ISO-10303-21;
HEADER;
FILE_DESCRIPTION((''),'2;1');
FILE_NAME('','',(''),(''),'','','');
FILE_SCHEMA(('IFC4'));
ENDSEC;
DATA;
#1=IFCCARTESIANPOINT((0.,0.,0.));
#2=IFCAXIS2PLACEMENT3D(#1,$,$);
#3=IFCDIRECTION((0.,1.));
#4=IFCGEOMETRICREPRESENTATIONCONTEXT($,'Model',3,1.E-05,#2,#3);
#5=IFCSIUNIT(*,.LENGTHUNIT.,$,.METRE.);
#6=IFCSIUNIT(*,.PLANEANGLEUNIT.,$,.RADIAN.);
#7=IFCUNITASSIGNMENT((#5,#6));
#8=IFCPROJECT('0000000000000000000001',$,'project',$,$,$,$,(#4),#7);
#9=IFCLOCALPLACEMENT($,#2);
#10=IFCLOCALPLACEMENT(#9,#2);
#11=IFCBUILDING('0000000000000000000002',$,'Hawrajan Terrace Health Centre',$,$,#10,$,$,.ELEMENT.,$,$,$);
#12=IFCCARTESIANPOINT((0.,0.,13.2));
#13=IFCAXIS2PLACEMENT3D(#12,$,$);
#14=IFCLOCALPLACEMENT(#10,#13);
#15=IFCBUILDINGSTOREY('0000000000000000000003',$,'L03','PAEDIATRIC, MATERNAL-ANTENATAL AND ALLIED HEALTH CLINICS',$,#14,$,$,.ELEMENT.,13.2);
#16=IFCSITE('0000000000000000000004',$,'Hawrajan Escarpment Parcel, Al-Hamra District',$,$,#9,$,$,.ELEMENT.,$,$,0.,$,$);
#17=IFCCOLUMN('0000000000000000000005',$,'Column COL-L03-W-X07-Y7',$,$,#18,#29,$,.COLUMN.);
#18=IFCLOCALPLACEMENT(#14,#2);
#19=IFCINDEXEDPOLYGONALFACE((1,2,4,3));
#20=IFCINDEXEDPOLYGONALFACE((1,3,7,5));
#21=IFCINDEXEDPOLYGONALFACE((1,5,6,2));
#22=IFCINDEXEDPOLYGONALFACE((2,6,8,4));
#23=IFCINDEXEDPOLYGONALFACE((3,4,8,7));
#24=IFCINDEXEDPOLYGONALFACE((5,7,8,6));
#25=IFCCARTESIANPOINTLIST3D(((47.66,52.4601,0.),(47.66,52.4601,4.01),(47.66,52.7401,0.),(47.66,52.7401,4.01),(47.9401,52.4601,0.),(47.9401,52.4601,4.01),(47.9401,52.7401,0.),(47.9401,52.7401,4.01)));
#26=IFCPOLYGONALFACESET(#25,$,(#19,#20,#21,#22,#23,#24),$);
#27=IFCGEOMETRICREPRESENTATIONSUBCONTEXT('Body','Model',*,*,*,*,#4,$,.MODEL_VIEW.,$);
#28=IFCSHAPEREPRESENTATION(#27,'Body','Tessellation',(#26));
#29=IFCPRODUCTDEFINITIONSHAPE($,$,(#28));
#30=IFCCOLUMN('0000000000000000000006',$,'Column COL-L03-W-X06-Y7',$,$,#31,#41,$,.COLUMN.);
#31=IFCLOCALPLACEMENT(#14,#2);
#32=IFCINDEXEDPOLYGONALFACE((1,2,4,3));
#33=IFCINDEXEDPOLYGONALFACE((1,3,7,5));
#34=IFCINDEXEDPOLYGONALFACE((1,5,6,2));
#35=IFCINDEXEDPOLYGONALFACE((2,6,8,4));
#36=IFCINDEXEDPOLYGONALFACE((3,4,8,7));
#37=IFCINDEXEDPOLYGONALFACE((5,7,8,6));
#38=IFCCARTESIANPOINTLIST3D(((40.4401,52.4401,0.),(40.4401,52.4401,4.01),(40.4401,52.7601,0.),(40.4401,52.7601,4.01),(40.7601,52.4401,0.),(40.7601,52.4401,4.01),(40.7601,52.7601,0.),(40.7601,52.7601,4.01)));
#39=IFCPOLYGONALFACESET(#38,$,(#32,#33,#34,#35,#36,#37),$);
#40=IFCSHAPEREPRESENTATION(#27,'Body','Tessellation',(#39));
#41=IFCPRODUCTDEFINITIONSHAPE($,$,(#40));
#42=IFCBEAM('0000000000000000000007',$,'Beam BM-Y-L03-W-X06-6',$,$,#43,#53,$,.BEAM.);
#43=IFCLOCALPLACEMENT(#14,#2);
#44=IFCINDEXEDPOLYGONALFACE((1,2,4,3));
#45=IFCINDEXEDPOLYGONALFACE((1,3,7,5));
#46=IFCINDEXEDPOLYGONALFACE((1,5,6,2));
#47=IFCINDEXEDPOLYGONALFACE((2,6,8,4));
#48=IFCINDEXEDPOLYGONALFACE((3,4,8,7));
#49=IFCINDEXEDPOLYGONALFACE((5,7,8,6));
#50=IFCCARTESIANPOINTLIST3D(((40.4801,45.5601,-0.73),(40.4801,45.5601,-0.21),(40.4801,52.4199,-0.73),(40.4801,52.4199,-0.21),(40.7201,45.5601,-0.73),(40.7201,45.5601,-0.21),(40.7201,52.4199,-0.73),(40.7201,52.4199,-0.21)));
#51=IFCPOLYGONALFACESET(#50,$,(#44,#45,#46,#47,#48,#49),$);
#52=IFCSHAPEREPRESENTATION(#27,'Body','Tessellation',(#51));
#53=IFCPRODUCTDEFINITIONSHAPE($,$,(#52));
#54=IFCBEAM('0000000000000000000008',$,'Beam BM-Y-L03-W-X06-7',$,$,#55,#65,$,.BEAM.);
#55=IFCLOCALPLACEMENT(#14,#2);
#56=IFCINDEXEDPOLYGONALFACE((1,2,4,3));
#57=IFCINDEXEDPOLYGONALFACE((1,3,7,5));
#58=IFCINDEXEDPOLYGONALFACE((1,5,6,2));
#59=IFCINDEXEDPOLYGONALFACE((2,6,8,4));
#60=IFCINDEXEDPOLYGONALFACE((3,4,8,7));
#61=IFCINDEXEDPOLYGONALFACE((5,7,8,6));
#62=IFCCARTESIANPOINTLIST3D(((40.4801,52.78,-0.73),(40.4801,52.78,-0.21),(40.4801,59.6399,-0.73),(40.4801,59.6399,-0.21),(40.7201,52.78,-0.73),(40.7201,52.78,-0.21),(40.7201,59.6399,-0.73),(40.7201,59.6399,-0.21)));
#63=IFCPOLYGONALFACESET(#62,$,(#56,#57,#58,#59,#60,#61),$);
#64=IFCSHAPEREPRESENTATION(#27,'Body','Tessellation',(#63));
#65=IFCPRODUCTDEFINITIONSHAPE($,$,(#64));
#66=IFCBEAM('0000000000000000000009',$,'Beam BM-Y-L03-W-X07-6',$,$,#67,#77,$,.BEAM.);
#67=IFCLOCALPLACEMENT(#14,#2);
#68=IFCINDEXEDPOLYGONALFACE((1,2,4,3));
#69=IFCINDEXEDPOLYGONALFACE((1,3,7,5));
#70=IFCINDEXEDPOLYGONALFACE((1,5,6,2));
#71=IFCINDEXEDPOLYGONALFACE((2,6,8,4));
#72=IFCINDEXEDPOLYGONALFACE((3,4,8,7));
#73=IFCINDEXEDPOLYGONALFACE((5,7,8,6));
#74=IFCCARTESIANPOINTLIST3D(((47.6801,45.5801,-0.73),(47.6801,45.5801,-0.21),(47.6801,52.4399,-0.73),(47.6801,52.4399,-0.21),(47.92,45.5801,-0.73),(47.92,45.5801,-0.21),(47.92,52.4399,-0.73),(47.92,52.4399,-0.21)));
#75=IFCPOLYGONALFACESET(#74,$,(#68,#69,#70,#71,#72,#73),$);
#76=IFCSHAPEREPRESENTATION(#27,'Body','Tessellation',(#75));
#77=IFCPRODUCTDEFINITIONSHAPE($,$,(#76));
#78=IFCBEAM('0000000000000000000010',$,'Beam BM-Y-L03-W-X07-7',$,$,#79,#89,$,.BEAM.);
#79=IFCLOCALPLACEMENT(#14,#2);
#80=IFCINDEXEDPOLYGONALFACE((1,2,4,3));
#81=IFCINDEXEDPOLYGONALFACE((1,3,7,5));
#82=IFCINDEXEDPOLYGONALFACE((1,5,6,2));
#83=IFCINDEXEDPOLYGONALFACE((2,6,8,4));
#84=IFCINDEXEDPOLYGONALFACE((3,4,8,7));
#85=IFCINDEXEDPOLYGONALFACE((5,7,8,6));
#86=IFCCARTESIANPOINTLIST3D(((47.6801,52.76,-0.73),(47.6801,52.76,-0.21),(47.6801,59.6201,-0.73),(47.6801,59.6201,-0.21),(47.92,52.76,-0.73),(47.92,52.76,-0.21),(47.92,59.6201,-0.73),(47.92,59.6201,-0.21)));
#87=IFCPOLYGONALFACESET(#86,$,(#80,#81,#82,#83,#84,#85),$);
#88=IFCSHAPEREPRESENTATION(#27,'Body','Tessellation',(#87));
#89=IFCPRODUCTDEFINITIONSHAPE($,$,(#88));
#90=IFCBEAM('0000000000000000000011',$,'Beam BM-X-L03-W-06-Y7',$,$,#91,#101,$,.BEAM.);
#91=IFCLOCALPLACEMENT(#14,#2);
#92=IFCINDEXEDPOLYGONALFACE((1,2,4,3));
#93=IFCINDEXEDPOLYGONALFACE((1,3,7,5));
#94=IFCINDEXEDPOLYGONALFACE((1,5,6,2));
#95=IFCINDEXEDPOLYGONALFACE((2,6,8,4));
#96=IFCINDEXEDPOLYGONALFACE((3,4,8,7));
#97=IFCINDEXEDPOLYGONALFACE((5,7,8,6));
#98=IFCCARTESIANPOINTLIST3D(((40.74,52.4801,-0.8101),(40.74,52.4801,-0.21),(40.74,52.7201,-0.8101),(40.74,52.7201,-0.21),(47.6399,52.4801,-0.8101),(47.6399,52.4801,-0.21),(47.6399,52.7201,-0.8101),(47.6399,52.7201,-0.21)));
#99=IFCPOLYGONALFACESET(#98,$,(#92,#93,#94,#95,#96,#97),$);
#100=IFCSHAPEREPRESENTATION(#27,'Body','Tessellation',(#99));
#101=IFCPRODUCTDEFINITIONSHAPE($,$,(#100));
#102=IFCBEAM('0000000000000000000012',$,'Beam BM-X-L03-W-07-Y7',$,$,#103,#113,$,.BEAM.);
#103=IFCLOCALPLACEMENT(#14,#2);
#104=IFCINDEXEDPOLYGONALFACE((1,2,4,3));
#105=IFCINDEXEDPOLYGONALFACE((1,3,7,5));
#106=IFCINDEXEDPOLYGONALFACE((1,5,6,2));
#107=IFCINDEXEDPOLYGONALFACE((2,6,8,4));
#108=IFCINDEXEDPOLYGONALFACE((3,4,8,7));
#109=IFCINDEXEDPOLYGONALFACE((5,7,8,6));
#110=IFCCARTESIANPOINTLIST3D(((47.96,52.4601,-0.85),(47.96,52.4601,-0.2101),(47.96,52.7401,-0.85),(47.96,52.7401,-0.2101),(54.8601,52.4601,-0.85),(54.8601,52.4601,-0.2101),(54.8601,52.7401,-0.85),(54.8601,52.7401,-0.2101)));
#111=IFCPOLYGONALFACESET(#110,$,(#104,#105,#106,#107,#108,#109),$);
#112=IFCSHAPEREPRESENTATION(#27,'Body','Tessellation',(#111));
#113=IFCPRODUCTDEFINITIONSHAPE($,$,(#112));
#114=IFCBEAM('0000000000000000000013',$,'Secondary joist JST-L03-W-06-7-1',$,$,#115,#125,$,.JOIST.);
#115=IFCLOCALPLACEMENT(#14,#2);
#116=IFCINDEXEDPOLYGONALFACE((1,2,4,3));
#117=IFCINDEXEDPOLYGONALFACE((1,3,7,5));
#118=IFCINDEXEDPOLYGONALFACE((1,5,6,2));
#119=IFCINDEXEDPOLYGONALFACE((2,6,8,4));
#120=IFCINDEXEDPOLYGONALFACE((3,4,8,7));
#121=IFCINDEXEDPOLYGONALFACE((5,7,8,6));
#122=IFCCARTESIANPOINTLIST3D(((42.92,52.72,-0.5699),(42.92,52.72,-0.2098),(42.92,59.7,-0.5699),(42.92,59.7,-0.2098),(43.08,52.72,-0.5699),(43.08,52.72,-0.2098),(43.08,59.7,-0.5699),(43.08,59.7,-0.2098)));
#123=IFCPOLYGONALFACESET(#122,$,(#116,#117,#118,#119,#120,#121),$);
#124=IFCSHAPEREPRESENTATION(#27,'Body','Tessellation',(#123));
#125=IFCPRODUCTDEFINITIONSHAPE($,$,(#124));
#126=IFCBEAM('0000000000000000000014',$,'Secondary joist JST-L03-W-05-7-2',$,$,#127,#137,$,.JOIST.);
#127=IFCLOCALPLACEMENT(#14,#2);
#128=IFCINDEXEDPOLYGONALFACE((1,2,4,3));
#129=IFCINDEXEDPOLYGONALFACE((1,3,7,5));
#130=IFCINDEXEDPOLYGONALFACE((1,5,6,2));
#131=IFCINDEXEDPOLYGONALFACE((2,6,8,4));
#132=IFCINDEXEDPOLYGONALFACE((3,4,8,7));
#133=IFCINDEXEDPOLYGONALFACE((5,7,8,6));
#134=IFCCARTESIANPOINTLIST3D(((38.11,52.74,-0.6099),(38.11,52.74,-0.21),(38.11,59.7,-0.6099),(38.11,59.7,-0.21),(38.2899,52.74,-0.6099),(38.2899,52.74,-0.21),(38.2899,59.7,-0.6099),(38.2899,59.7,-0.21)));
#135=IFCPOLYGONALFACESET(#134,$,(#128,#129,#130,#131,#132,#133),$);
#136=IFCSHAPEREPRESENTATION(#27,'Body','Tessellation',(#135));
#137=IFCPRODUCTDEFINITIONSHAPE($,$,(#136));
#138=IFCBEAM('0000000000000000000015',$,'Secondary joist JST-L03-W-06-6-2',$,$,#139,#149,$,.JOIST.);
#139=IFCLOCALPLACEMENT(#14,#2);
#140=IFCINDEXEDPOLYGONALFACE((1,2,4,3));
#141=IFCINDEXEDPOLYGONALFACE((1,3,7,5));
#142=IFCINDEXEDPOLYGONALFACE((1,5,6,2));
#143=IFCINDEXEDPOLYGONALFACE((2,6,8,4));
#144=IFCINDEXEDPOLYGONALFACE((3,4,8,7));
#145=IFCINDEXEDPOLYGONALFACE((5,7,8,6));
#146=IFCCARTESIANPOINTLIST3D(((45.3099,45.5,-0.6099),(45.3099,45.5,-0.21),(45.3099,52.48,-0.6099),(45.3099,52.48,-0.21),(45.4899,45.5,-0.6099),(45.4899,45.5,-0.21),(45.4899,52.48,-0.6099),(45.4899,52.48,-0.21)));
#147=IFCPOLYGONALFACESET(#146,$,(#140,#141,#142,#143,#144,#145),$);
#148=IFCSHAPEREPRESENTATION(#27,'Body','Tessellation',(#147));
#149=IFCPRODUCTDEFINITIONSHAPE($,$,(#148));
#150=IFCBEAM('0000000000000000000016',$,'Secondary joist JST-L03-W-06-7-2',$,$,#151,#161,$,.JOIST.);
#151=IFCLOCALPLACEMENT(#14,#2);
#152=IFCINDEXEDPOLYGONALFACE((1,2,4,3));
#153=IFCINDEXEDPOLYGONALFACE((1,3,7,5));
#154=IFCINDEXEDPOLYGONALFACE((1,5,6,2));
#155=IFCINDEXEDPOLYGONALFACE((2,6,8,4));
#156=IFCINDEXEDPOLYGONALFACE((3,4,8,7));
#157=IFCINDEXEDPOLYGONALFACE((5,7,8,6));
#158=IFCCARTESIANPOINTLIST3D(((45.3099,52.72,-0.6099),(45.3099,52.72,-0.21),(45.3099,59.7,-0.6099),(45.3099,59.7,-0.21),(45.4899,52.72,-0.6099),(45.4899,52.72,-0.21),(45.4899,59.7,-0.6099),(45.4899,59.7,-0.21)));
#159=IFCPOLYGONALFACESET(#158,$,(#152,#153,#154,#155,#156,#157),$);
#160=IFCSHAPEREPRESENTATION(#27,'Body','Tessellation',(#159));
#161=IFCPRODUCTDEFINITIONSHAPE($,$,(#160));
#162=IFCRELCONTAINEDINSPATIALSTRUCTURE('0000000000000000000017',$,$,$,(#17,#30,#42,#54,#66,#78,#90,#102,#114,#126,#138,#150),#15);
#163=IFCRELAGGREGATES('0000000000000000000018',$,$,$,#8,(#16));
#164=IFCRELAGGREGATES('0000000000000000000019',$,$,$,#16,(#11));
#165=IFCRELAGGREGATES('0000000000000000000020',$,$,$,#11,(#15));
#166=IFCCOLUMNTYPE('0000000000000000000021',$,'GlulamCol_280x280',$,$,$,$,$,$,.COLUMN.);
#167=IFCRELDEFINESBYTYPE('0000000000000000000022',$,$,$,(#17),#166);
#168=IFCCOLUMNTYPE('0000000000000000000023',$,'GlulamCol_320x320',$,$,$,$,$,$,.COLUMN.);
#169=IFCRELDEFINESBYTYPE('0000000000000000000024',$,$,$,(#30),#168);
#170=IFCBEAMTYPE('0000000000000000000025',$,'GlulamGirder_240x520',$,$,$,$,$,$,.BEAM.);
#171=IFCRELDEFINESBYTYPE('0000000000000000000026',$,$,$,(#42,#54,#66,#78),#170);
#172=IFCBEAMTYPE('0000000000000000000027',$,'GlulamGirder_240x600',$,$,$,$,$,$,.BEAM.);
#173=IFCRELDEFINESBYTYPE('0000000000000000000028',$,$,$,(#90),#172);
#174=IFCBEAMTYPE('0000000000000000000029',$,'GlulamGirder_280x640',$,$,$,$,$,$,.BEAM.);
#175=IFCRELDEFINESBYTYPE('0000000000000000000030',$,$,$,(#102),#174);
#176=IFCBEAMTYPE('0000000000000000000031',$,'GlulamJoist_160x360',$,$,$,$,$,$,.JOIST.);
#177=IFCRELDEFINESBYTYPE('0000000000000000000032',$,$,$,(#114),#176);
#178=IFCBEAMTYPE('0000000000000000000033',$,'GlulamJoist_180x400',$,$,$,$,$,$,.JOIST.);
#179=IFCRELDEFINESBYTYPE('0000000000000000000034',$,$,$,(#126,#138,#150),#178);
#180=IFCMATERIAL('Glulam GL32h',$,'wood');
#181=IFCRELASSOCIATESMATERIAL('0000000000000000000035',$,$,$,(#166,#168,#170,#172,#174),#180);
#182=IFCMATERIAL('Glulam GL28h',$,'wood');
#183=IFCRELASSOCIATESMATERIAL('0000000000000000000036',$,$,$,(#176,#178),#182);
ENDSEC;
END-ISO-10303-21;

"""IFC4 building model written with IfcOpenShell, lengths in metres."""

from ifc_helpers import new_model, si_unit, direction, frame, origin, origin_2d, place, context, subcontext, project, spatial, rectangle, extrude, material, material_profile, profile_set, type_object, element, save


model = new_model("IFC4")

# Units and contexts
model_context = context("Model", 3, precision=1e-05, world=origin(), true_north=direction((0.0, 1.0)))
body_context = subcontext(model_context, "Body", "Model", "MODEL_VIEW")
ifc_project = project(units=[si_unit("LENGTHUNIT", "METRE"), si_unit("PLANEANGLEUNIT", "RADIAN")], contexts=[model_context])

# Site, building, storey
site_placement = place(None, origin())
site = spatial("IfcSite", under=ifc_project, at=site_placement, Name="Hawrajan Escarpment Parcel, Al-Hamra District", CompositionType="ELEMENT", RefElevation=0.0)
building_placement = place(site_placement, origin())
building = spatial("IfcBuilding", under=site, at=building_placement, Name="Hawrajan Terrace Health Centre", CompositionType="ELEMENT")
storey_placement = place(building_placement, frame((0.0, 0.0, 13.2)))
storey = spatial("IfcBuildingStorey", under=building, at=storey_placement, Name="L03", Description="PAEDIATRIC, MATERNAL-ANTENATAL AND ALLIED HEALTH CLINICS", CompositionType="ELEMENT", Elevation=13.2)

# Columns
ifc_material_1 = material(Name="Glulam GL32h", Category="wood")
ifc_material_profile_1 = material_profile(ifc_material_1, rectangle(XDim=0.28, YDim=0.28, at=origin_2d()), Name="GL 280x280")
ifc_profile_set_1 = profile_set([ifc_material_profile_1], Name="Glulam GL32h")
column_type_1 = type_object("IfcColumnType", Name="GlulamCol_280x280", PredefinedType="COLUMN", material=ifc_profile_set_1)
column_1_placement = place(storey_placement, frame((47.8, 52.6001, 0.0), z_axis=(0.0, 0.0, 1.0), x_axis=(1.0, 0.0, 0.0)))
element("IfcColumn", 1, at=column_1_placement, inside=storey, type_object=column_type_1, Name="Column COL-L03-W-X07-Y7", PredefinedType="COLUMN", context=body_context, shape_type="SweptSolid", body=[
    extrude(rectangle(XDim=0.28, YDim=0.28, at=origin_2d()), origin(), (0.0, 0.0, 1.0), 4.01),
])
ifc_material_profile_2 = material_profile(ifc_material_1, rectangle(XDim=0.3201, YDim=0.3201, at=origin_2d()), Name="GL 320x320")
ifc_profile_set_2 = profile_set([ifc_material_profile_2], Name="Glulam GL32h")
column_type_2 = type_object("IfcColumnType", Name="GlulamCol_320x320", PredefinedType="COLUMN", material=ifc_profile_set_2)
column_2_placement = place(storey_placement, frame((40.6001, 52.6001, 0.0), z_axis=(0.0, 0.0, 1.0), x_axis=(1.0, 0.0, 0.0)))
element("IfcColumn", 2, at=column_2_placement, inside=storey, type_object=column_type_2, Name="Column COL-L03-W-X06-Y7", PredefinedType="COLUMN", context=body_context, shape_type="SweptSolid", body=[
    extrude(rectangle(XDim=0.3201, YDim=0.3201, at=origin_2d()), origin(), (0.0, 0.0, 1.0), 4.01),
])

# Beams
ifc_material_profile_3 = material_profile(ifc_material_1, rectangle(XDim=0.24, YDim=0.52, at=origin_2d()), Name="GL BM 240x520")
ifc_profile_set_3 = profile_set([ifc_material_profile_3], Name="Glulam GL32h")
beam_type_1 = type_object("IfcBeamType", Name="GlulamGirder_240x520", PredefinedType="BEAM", material=ifc_profile_set_3)
for number, where, z_axis, x_axis, name in (
    (3, (40.6001, 45.5601, -0.47), (0.0, 1.0, 0.0), (-1.0, 0.0, 0.0), "Beam BM-Y-L03-W-X06-6"),
    (4, (40.6001, 52.78, -0.47), (0.0, 1.0, 0.0), (-1.0, 0.0, 0.0), "Beam BM-Y-L03-W-X06-7"),
    (5, (47.8, 45.5801, -0.47), (0.0, 1.0, 0.0), (-1.0, 0.0, 0.0), "Beam BM-Y-L03-W-X07-6"),
):
    element("IfcBeam", number, at=place(storey_placement, frame(where, z_axis=z_axis, x_axis=x_axis)), inside=storey, type_object=beam_type_1, Name=name, PredefinedType="BEAM", context=body_context, shape_type="SweptSolid", body=[
        extrude(rectangle(XDim=0.24, YDim=0.52, at=origin_2d()), origin(), (0.0, 0.0, 1.0), 6.8599),
    ])
beam_1_placement = place(storey_placement, frame((47.8, 52.76, -0.47), z_axis=(0.0, 1.0, 0.0), x_axis=(-1.0, 0.0, 0.0)))
element("IfcBeam", 6, at=beam_1_placement, inside=storey, type_object=beam_type_1, Name="Beam BM-Y-L03-W-X07-7", PredefinedType="BEAM", context=body_context, shape_type="SweptSolid", body=[
    extrude(rectangle(XDim=0.24, YDim=0.52, at=origin_2d()), origin(), (0.0, 0.0, 1.0), 6.8601),
])
ifc_material_profile_4 = material_profile(ifc_material_1, rectangle(XDim=0.24, YDim=0.6001, at=origin_2d()), Name="GL BM 240x600")
ifc_profile_set_4 = profile_set([ifc_material_profile_4], Name="Glulam GL32h")
beam_type_2 = type_object("IfcBeamType", Name="GlulamGirder_240x600", PredefinedType="BEAM", material=ifc_profile_set_4)
beam_2_placement = place(storey_placement, frame((40.74, 52.6001, -0.51), z_axis=(1.0, 0.0, 0.0), x_axis=(0.0, 1.0, 0.0)))
element("IfcBeam", 7, at=beam_2_placement, inside=storey, type_object=beam_type_2, Name="Beam BM-X-L03-W-06-Y7", PredefinedType="BEAM", context=body_context, shape_type="SweptSolid", body=[
    extrude(rectangle(XDim=0.24, YDim=0.6001, at=origin_2d()), origin(), (0.0, 0.0, 1.0), 6.8999),
])
ifc_material_profile_5 = material_profile(ifc_material_1, rectangle(XDim=0.28, YDim=0.6399, at=origin_2d()), Name="GL BM 280x640")
ifc_profile_set_5 = profile_set([ifc_material_profile_5], Name="Glulam GL32h")
beam_type_3 = type_object("IfcBeamType", Name="GlulamGirder_280x640", PredefinedType="BEAM", material=ifc_profile_set_5)
beam_3_placement = place(storey_placement, frame((47.96, 52.6001, -0.53), z_axis=(1.0, 0.0, 0.0), x_axis=(0.0, 1.0, 0.0)))
element("IfcBeam", 8, at=beam_3_placement, inside=storey, type_object=beam_type_3, Name="Beam BM-X-L03-W-07-Y7", PredefinedType="BEAM", context=body_context, shape_type="SweptSolid", body=[
    extrude(rectangle(XDim=0.28, YDim=0.6399, at=origin_2d()), origin(), (0.0, 0.0, 1.0), 6.9001),
])
ifc_material_2 = material(Name="Glulam GL28h", Category="wood")
ifc_material_profile_6 = material_profile(ifc_material_2, rectangle(XDim=0.1599, YDim=0.3601, at=origin_2d()), Name="GL JST 160x360")
ifc_profile_set_6 = profile_set([ifc_material_profile_6], Name="Glulam GL28h")
beam_type_4 = type_object("IfcBeamType", Name="GlulamJoist_160x360", PredefinedType="JOIST", material=ifc_profile_set_6)
beam_4_placement = place(storey_placement, frame((43.0, 52.72, -0.3899), z_axis=(0.0, 1.0, 0.0), x_axis=(-1.0, 0.0, 0.0)))
element("IfcBeam", 9, at=beam_4_placement, inside=storey, type_object=beam_type_4, Name="Secondary joist JST-L03-W-06-7-1", PredefinedType="JOIST", context=body_context, shape_type="SweptSolid", body=[
    extrude(rectangle(XDim=0.1599, YDim=0.3601, at=origin_2d()), origin(), (0.0, 0.0, 1.0), 6.98),
])
ifc_material_profile_7 = material_profile(ifc_material_2, rectangle(XDim=0.1799, YDim=0.3999, at=origin_2d()), Name="GL JST 180x400")
ifc_profile_set_7 = profile_set([ifc_material_profile_7], Name="Glulam GL28h")
beam_type_5 = type_object("IfcBeamType", Name="GlulamJoist_180x400", PredefinedType="JOIST", material=ifc_profile_set_7)
beam_5_placement = place(storey_placement, frame((38.2, 52.74, -0.4099), z_axis=(0.0, 1.0, 0.0), x_axis=(-1.0, 0.0, 0.0)))
element("IfcBeam", 10, at=beam_5_placement, inside=storey, type_object=beam_type_5, Name="Secondary joist JST-L03-W-05-7-2", PredefinedType="JOIST", context=body_context, shape_type="SweptSolid", body=[
    extrude(rectangle(XDim=0.1799, YDim=0.3999, at=origin_2d()), origin(), (0.0, 0.0, 1.0), 6.96),
])
for number, where, z_axis, x_axis, name in (
    (11, (45.3999, 45.5, -0.4099), (0.0, 1.0, 0.0), (-1.0, 0.0, 0.0), "Secondary joist JST-L03-W-06-6-2"),
    (12, (45.3999, 52.72, -0.4099), (0.0, 1.0, 0.0), (-1.0, 0.0, 0.0), "Secondary joist JST-L03-W-06-7-2"),
):
    element("IfcBeam", number, at=place(storey_placement, frame(where, z_axis=z_axis, x_axis=x_axis)), inside=storey, type_object=beam_type_5, Name=name, PredefinedType="JOIST", context=body_context, shape_type="SweptSolid", body=[
        extrude(rectangle(XDim=0.1799, YDim=0.3999, at=origin_2d()), origin(), (0.0, 0.0, 1.0), 6.98),
    ])

save(model, "model.ifc")
